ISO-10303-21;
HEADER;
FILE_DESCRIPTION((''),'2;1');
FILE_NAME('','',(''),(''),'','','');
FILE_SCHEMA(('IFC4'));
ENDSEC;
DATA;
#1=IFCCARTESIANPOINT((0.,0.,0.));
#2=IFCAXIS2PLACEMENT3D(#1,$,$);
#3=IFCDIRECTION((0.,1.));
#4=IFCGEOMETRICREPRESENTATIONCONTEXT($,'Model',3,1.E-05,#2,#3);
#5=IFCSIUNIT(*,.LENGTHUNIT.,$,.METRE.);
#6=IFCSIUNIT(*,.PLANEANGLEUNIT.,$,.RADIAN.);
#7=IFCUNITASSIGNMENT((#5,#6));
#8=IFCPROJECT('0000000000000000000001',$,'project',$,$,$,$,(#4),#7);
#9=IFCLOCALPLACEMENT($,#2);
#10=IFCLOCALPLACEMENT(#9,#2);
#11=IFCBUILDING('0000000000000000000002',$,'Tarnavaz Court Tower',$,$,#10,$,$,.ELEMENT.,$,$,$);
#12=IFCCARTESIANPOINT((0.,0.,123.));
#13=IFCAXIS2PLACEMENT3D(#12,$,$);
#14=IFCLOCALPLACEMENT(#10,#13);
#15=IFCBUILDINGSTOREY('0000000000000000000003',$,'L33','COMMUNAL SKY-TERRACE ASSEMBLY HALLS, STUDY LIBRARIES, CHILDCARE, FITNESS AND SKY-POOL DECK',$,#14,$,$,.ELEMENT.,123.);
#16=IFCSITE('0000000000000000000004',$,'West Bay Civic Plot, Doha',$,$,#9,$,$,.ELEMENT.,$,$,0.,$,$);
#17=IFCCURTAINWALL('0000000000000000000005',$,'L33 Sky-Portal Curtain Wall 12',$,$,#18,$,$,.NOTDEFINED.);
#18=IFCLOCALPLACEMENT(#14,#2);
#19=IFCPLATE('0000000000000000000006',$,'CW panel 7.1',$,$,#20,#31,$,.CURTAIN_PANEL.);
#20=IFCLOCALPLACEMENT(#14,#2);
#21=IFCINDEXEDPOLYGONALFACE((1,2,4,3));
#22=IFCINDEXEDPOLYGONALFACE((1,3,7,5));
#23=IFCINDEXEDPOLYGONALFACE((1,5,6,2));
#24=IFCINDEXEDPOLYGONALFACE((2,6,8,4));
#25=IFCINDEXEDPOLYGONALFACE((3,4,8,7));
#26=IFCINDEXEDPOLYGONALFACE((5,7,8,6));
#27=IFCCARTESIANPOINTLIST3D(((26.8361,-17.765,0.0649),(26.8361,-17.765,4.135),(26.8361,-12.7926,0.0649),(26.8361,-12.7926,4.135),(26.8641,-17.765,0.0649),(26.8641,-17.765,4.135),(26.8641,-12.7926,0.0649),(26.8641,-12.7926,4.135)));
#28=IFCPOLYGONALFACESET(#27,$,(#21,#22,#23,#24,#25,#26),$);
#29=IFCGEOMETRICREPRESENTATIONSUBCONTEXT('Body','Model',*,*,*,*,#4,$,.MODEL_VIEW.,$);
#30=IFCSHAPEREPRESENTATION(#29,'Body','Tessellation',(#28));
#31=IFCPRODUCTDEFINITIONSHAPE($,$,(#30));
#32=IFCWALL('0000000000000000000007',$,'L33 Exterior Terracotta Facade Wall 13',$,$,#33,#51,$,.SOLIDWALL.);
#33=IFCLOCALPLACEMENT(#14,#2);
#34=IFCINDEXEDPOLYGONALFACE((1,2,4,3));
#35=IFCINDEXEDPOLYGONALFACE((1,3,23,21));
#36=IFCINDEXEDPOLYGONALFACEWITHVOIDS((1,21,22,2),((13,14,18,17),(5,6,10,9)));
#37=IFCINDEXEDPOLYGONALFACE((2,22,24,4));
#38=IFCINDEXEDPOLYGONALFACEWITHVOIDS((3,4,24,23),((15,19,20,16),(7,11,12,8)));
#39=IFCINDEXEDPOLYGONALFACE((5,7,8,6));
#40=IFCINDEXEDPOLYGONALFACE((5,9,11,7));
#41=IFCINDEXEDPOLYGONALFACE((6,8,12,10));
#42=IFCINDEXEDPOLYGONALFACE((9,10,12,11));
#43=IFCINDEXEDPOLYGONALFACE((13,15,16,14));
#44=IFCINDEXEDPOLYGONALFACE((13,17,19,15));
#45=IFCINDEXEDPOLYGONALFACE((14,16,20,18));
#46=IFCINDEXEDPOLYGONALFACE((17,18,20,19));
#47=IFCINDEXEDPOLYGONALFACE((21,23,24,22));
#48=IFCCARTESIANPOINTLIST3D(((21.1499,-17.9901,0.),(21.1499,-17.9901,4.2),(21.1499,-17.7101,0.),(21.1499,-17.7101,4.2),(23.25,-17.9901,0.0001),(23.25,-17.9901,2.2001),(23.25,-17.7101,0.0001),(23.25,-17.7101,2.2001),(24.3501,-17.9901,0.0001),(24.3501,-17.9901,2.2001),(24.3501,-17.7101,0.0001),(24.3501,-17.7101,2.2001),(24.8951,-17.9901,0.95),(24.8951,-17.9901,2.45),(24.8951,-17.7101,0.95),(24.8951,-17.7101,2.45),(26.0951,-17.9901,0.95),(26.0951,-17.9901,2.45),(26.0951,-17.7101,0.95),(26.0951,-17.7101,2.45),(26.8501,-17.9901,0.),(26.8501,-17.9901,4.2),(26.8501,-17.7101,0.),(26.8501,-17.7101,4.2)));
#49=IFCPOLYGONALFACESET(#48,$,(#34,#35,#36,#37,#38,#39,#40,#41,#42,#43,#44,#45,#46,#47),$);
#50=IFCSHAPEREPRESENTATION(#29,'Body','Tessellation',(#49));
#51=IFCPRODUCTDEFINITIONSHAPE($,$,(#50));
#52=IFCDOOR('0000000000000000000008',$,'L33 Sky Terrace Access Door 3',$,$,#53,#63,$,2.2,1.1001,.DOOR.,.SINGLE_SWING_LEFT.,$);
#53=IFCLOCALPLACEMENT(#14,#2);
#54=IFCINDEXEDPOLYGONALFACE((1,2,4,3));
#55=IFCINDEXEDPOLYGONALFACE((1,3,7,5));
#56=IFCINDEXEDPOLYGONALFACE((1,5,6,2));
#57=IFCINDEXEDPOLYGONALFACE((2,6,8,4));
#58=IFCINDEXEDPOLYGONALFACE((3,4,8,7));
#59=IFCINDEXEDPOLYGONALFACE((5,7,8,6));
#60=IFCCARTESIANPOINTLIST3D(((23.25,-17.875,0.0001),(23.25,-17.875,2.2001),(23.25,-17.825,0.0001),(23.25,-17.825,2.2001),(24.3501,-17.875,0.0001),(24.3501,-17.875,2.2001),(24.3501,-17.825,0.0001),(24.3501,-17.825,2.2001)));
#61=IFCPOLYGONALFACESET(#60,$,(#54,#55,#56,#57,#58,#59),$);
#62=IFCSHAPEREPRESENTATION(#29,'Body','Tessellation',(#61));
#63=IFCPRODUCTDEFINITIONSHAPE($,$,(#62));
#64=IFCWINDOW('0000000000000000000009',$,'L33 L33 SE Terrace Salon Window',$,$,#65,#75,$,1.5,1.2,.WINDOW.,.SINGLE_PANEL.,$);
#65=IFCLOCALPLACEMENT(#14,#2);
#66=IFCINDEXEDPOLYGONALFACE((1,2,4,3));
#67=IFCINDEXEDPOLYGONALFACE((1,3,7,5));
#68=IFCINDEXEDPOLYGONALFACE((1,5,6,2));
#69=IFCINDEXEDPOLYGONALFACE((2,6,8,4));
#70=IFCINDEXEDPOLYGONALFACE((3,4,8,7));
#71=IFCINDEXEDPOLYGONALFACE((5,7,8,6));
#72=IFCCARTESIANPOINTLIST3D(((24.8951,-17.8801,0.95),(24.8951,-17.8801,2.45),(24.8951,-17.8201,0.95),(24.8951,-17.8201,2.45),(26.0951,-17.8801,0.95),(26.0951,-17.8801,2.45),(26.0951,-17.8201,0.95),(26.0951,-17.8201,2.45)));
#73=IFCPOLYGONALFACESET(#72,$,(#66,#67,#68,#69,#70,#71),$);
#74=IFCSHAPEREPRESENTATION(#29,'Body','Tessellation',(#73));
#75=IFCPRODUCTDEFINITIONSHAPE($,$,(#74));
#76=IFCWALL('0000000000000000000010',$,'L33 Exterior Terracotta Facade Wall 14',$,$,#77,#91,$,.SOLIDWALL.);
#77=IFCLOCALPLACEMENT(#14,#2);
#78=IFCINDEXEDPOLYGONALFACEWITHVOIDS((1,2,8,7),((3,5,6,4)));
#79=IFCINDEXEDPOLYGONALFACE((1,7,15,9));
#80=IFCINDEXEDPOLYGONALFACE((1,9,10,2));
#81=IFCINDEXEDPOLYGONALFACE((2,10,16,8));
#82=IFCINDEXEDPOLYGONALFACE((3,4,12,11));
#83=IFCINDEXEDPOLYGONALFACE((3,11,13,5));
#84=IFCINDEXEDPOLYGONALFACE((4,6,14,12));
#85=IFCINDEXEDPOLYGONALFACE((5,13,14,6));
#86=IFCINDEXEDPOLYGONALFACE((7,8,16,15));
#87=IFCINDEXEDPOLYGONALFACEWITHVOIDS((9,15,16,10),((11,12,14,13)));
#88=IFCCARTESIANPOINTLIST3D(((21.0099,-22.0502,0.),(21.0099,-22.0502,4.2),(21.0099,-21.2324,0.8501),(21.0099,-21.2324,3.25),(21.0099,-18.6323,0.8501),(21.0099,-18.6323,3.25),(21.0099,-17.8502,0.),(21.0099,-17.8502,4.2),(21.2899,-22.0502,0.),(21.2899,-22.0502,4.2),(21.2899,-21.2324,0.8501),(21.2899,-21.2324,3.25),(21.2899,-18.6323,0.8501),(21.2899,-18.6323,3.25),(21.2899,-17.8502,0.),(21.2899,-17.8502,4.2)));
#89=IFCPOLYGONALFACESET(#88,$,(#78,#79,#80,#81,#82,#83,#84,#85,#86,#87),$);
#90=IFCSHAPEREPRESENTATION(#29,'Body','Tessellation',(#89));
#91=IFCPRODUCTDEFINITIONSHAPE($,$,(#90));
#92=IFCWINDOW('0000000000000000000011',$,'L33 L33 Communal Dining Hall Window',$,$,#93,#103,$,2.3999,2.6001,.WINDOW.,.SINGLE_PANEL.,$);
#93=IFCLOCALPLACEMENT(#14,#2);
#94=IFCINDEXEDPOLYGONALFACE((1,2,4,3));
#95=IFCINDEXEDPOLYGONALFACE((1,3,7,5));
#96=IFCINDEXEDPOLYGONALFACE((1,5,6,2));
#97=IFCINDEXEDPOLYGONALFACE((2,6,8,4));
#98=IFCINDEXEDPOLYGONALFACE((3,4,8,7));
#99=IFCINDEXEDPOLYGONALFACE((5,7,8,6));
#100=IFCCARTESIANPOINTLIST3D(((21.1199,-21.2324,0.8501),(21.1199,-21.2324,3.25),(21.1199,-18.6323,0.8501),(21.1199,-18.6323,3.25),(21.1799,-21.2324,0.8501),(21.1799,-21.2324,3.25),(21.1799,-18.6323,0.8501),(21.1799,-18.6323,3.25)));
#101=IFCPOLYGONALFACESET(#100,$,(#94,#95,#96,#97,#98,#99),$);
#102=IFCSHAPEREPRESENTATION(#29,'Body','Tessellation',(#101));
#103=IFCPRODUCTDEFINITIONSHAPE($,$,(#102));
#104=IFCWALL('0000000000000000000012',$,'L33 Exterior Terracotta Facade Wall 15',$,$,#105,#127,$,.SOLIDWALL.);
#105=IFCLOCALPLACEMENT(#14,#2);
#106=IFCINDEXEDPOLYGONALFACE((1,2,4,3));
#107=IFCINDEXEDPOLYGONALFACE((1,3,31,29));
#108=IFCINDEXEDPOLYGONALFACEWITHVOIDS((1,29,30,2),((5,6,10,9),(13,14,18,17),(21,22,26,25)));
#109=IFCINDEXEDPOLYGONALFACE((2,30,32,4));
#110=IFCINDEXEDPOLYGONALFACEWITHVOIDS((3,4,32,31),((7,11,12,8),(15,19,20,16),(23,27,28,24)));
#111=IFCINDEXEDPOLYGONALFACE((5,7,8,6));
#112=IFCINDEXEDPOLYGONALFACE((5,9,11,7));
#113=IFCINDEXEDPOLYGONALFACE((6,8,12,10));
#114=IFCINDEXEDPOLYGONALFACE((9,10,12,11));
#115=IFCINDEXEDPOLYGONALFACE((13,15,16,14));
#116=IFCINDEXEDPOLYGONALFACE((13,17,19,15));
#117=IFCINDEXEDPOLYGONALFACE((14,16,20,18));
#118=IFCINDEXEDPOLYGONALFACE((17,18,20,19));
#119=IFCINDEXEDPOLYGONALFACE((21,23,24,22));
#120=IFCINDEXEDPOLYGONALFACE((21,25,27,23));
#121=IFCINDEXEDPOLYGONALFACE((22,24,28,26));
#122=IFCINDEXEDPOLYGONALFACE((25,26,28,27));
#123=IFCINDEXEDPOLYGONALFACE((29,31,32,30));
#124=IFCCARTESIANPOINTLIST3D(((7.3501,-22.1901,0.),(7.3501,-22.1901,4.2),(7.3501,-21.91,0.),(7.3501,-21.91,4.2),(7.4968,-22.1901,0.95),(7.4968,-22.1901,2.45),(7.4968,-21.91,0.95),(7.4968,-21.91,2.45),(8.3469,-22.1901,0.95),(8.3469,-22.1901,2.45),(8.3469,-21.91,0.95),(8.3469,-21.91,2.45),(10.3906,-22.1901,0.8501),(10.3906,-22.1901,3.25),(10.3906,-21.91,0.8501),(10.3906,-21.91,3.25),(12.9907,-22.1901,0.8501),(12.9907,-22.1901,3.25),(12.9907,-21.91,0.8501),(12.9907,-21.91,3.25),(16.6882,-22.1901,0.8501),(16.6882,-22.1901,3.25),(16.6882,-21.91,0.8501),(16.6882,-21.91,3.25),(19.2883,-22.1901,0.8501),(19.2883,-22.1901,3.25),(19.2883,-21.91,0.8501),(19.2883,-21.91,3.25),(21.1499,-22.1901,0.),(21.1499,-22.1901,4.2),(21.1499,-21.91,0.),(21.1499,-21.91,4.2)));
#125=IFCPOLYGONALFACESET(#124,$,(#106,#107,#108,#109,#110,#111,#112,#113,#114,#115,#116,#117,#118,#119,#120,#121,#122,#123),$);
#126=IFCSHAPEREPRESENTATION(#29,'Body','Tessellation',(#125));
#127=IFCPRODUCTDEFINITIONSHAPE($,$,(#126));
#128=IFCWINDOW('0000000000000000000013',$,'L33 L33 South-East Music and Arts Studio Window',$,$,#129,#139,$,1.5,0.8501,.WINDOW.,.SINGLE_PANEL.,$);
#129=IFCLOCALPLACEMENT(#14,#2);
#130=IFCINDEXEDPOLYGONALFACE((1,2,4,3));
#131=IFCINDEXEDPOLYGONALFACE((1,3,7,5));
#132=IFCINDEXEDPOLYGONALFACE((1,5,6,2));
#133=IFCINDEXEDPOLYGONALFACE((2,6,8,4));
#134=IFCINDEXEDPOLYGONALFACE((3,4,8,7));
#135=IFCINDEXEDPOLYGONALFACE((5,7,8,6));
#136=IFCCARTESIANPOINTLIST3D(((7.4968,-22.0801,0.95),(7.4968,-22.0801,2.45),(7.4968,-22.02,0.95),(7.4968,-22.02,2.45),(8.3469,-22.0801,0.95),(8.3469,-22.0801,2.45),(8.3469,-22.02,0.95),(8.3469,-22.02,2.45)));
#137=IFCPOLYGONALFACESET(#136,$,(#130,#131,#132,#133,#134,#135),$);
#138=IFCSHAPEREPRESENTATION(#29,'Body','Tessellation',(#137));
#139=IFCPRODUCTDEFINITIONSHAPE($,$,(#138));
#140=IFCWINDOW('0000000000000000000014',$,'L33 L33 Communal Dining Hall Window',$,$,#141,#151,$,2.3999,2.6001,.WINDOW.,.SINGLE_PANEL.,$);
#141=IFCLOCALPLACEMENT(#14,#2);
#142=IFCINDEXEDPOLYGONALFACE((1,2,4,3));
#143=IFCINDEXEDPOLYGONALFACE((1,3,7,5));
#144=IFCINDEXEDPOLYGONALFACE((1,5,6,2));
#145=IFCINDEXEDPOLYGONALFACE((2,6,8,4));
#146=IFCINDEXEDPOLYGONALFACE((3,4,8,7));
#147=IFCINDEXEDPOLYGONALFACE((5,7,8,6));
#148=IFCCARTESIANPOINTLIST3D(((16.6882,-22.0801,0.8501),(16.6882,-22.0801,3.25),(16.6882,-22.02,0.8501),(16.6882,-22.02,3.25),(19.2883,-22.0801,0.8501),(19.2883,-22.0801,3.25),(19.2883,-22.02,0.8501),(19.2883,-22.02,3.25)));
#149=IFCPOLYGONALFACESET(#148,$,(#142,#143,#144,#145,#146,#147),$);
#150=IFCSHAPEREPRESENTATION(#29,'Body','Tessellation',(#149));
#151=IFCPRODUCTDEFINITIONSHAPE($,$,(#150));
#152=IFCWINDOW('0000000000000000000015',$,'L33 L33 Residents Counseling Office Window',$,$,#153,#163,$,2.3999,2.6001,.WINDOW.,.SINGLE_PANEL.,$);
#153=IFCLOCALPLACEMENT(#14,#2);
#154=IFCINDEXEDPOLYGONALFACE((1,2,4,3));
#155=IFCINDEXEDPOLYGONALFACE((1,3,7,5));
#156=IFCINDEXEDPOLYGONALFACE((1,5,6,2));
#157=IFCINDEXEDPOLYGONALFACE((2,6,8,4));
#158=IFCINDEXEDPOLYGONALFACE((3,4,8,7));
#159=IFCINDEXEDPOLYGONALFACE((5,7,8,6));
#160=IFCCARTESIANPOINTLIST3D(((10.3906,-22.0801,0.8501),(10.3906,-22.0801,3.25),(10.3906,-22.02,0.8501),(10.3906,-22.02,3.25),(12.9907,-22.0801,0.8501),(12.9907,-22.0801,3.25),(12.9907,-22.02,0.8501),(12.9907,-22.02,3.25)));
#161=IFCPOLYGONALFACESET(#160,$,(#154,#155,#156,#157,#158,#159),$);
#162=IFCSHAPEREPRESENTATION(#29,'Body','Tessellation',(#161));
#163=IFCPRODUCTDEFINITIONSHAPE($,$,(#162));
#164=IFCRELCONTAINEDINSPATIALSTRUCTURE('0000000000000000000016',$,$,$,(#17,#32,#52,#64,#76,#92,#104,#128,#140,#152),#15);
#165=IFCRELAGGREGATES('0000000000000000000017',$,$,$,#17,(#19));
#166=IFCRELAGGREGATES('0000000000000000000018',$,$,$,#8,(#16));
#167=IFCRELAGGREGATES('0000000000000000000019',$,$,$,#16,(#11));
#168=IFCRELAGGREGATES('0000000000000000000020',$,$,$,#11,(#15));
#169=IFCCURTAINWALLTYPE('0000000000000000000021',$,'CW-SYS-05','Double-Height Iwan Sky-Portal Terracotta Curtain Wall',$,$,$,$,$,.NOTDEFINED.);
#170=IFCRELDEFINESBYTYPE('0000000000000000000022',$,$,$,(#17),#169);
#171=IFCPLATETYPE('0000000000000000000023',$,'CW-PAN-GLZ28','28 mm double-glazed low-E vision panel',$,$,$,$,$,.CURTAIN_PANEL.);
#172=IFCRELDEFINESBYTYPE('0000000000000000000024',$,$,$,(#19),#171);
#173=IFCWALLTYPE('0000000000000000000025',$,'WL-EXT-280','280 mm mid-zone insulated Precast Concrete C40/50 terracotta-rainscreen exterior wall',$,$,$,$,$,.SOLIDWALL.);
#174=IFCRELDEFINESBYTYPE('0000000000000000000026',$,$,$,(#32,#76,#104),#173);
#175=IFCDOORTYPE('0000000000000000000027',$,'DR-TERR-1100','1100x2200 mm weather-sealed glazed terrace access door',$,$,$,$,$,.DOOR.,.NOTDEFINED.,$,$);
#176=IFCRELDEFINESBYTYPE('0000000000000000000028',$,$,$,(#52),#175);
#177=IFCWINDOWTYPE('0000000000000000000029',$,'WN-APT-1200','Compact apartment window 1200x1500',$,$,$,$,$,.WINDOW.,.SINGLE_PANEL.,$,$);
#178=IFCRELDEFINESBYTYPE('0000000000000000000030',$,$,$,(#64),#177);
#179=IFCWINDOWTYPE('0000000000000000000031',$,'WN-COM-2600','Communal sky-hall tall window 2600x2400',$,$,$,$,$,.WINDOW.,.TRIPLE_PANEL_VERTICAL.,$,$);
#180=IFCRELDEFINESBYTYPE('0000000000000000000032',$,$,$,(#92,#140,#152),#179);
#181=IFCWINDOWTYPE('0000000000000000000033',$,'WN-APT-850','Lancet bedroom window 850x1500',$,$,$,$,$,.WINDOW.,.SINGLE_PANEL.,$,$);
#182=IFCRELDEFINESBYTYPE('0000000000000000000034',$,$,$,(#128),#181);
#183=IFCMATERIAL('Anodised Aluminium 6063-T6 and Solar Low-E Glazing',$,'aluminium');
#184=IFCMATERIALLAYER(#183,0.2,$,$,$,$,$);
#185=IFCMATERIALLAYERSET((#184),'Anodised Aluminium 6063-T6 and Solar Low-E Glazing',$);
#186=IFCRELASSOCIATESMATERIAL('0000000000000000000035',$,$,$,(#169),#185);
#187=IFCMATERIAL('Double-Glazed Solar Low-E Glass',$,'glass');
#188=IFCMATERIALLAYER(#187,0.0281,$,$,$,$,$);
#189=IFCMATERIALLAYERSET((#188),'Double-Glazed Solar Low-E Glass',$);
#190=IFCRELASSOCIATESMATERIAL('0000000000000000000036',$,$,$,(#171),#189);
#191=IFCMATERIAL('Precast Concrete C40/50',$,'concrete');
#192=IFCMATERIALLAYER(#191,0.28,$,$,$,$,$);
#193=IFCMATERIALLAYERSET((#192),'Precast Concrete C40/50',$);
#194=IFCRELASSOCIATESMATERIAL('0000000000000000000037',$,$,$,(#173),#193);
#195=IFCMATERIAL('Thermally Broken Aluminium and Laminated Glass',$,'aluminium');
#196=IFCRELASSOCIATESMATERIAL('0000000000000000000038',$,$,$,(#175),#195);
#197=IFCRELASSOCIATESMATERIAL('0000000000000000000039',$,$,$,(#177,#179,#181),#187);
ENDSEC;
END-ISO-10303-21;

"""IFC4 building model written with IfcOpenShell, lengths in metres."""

from ifc_helpers import new_model, si_unit, direction, frame, frame_2d, origin, origin_2d, place, context, subcontext, project, spatial, rectangle, extrude, material, layer, layer_set, type_object, element, fill, aggregate, save


model = new_model("IFC4")

# Units and contexts
model_context = context("Model", 3, precision=1e-05, world=origin(), true_north=direction((0.0, 1.0)))
body_context = subcontext(model_context, "Body", "Model", "MODEL_VIEW")
ifc_project = project(units=[si_unit("LENGTHUNIT", "METRE"), si_unit("PLANEANGLEUNIT", "RADIAN")], contexts=[model_context])

# Site, building, storey
site_placement = place(None, origin())
site = spatial("IfcSite", under=ifc_project, at=site_placement, Name="West Bay Civic Plot, Doha", CompositionType="ELEMENT", RefElevation=0.0)
building_placement = place(site_placement, origin())
building = spatial("IfcBuilding", under=site, at=building_placement, Name="Tarnavaz Court Tower", CompositionType="ELEMENT")
storey_placement = place(building_placement, frame((0.0, 0.0, 123.0)))
storey = spatial("IfcBuildingStorey", under=building, at=storey_placement, Name="L33", Description="COMMUNAL SKY-TERRACE ASSEMBLY HALLS, STUDY LIBRARIES, CHILDCARE, FITNESS AND SKY-POOL DECK", CompositionType="ELEMENT", Elevation=123.0)

# Curtain wall, plate
ifc_material_1 = material(Name="Anodised Aluminium 6063-T6 and Solar Low-E Glazing", Category="aluminium")
ifc_layer_1 = layer(ifc_material_1, 0.2)
ifc_layer_set_1 = layer_set([ifc_layer_1], Name="Anodised Aluminium 6063-T6 and Solar Low-E Glazing")
curtain_wall_type = type_object("IfcCurtainWallType", Name="CW-SYS-05", Description="Double-Height Iwan Sky-Portal Terracotta Curtain Wall", PredefinedType="NOTDEFINED", material=ifc_layer_set_1)
curtain_wall_placement = place(storey_placement, origin())
curtain_wall = element("IfcCurtainWall", 1, at=curtain_wall_placement, inside=storey, type_object=curtain_wall_type, Name="L33 Sky-Portal Curtain Wall 12", PredefinedType="NOTDEFINED")
ifc_material_2 = material(Name="Double-Glazed Solar Low-E Glass", Category="glass")
ifc_layer_2 = layer(ifc_material_2, 0.0281)
ifc_layer_set_2 = layer_set([ifc_layer_2], Name="Double-Glazed Solar Low-E Glass")
plate_type = type_object("IfcPlateType", Name="CW-PAN-GLZ28", Description="28 mm double-glazed low-E vision panel", PredefinedType="CURTAIN_PANEL", material=ifc_layer_set_2)
plate_placement = place(storey_placement, frame((26.8501, -15.2788, 0.0649), z_axis=(0.0, 0.0, 1.0), x_axis=(0.0, -1.0, 0.0)))
plate = element("IfcPlate", 2, at=plate_placement, type_object=plate_type, Name="CW panel 7.1", PredefinedType="CURTAIN_PANEL", context=body_context, shape_type="SweptSolid", body=[
    extrude(rectangle(XDim=4.9724, YDim=0.0281, at=origin_2d()), origin(), (0.0, 0.0, 1.0), 4.0701),
])
aggregate(curtain_wall, [plate])

# Wall, openings, door, window
ifc_material_3 = material(Name="Precast Concrete C40/50", Category="concrete")
ifc_layer_3 = layer(ifc_material_3, 0.28)
ifc_layer_set_3 = layer_set([ifc_layer_3], Name="Precast Concrete C40/50")
wall_type_1 = type_object("IfcWallType", Name="WL-EXT-280", Description="280 mm mid-zone insulated Precast Concrete C40/50 terracotta-rainscreen exterior wall", PredefinedType="SOLIDWALL", material=ifc_layer_set_3)
wall_1_placement = place(storey_placement, frame((26.8501, -17.8501, 0.0), z_axis=(0.0, 0.0, 1.0), x_axis=(-1.0, 0.0, 0.0)))
wall_1 = element("IfcWall", 3, at=wall_1_placement, inside=storey, type_object=wall_type_1, Name="L33 Exterior Terracotta Facade Wall 13", PredefinedType="SOLIDWALL", context=body_context, shape_type="SweptSolid", body=[
    extrude(rectangle(XDim=5.7002, YDim=0.28, at=frame_2d((2.8501, 0.0))), origin(), (0.0, 0.0, 1.0), 4.2),
])
opening_1_placement = place(wall_1_placement, frame((2.5, 0.0, 0.0)))
opening_1 = element("IfcOpeningElement", 4, at=opening_1_placement, cuts=wall_1, PredefinedType="OPENING", context=body_context, shape_type="SweptSolid", body=[
    extrude(rectangle(XDim=1.1001, YDim=2.2, at=frame_2d((0.55, 1.1001))), frame((0.0, 0.1499, 0.0), z_axis=(0.0, -1.0, 0.0), x_axis=(1.0, 0.0, 0.0)), (0.0, 0.0, 1.0), 0.3),
])
opening_2_placement = place(wall_1_placement, frame((0.7549, 0.0, 0.95)))
opening_2 = element("IfcOpeningElement", 5, at=opening_2_placement, cuts=wall_1, PredefinedType="OPENING", context=body_context, shape_type="SweptSolid", body=[
    extrude(rectangle(XDim=1.2, YDim=1.5, at=frame_2d((0.6001, 0.75))), frame((0.0, 0.1499, 0.0), z_axis=(0.0, -1.0, 0.0), x_axis=(1.0, 0.0, 0.0)), (0.0, 0.0, 1.0), 0.3),
])
ifc_material_4 = material(Name="Thermally Broken Aluminium and Laminated Glass", Category="aluminium")
door_type = type_object("IfcDoorType", Name="DR-TERR-1100", Description="1100x2200 mm weather-sealed glazed terrace access door", OperationType="NOTDEFINED", PredefinedType="DOOR", material=ifc_material_4)
door_placement = place(opening_1_placement, origin())
door = element("IfcDoor", 6, at=door_placement, inside=storey, type_object=door_type, Name="L33 Sky Terrace Access Door 3", OperationType="SINGLE_SWING_LEFT", OverallHeight=2.2, OverallWidth=1.1001, PredefinedType="DOOR", context=body_context, shape_type="SweptSolid", body=[
    extrude(rectangle(XDim=1.1001, YDim=2.2, at=frame_2d((0.55, 1.1001))), frame((0.0, 0.0249, 0.0), z_axis=(0.0, -1.0, 0.0), x_axis=(1.0, 0.0, 0.0)), (0.0, 0.0, 1.0), 0.05),
])
fill(opening_1, door)
window_type_1 = type_object("IfcWindowType", Name="WN-APT-1200", Description="Compact apartment window 1200x1500", PartitioningType="SINGLE_PANEL", PredefinedType="WINDOW", material=ifc_material_2)
window_1_placement = place(opening_2_placement, origin())
window_1 = element("IfcWindow", 7, at=window_1_placement, inside=storey, type_object=window_type_1, Name="L33 L33 SE Terrace Salon Window", OverallHeight=1.5, OverallWidth=1.2, PartitioningType="SINGLE_PANEL", PredefinedType="WINDOW", context=body_context, shape_type="SweptSolid", body=[
    extrude(rectangle(XDim=1.2, YDim=1.5, at=frame_2d((0.6001, 0.75))), frame((0.0, 0.03, 0.0), z_axis=(0.0, -1.0, 0.0), x_axis=(1.0, 0.0, 0.0)), (0.0, 0.0, 1.0), 0.0601),
])
fill(opening_2, window_1)

# Wall, opening, window
wall_2_placement = place(storey_placement, frame((21.1499, -17.8501, 0.0), z_axis=(0.0, 0.0, 1.0), x_axis=(0.0, -1.0, 0.0)))
wall_2 = element("IfcWall", 8, at=wall_2_placement, inside=storey, type_object=wall_type_1, Name="L33 Exterior Terracotta Facade Wall 14", PredefinedType="SOLIDWALL", context=body_context, shape_type="SweptSolid", body=[
    extrude(rectangle(XDim=4.2, YDim=0.28, at=frame_2d((2.1001, 0.0))), origin(), (0.0, 0.0, 1.0), 4.2),
])
opening_3_placement = place(wall_2_placement, frame((0.7822, 0.0, 0.8501)))
opening_3 = element("IfcOpeningElement", 9, at=opening_3_placement, cuts=wall_2, PredefinedType="OPENING", context=body_context, shape_type="SweptSolid", body=[
    extrude(rectangle(XDim=2.6001, YDim=2.3999, at=frame_2d((1.3, 1.2))), frame((0.0, 0.1499, 0.0), z_axis=(0.0, -1.0, 0.0), x_axis=(1.0, 0.0, 0.0)), (0.0, 0.0, 1.0), 0.3),
])
window_type_2 = type_object("IfcWindowType", Name="WN-COM-2600", Description="Communal sky-hall tall window 2600x2400", PartitioningType="TRIPLE_PANEL_VERTICAL", PredefinedType="WINDOW", material=ifc_material_2)
window_2_placement = place(opening_3_placement, origin())
window_2 = element("IfcWindow", 10, at=window_2_placement, inside=storey, type_object=window_type_2, Name="L33 L33 Communal Dining Hall Window", OverallHeight=2.3999, OverallWidth=2.6001, PartitioningType="SINGLE_PANEL", PredefinedType="WINDOW", context=body_context, shape_type="SweptSolid", body=[
    extrude(rectangle(XDim=2.6001, YDim=2.3999, at=frame_2d((1.3, 1.2))), frame((0.0, 0.03, 0.0), z_axis=(0.0, -1.0, 0.0), x_axis=(1.0, 0.0, 0.0)), (0.0, 0.0, 1.0), 0.0601),
])
fill(opening_3, window_2)

# Wall, openings, windows
wall_3_placement = place(storey_placement, frame((21.1499, -22.05, 0.0), z_axis=(0.0, 0.0, 1.0), x_axis=(-1.0, 0.0, 0.0)))
wall_3 = element("IfcWall", 11, at=wall_3_placement, inside=storey, type_object=wall_type_1, Name="L33 Exterior Terracotta Facade Wall 15", PredefinedType="SOLIDWALL", context=body_context, shape_type="SweptSolid", body=[
    extrude(rectangle(XDim=13.7998, YDim=0.28, at=frame_2d((6.8999, 0.0))), origin(), (0.0, 0.0, 1.0), 4.2),
])
opening_4_placement = place(wall_3_placement, frame((1.8616, 0.0, 0.8501)))
opening_4 = element("IfcOpeningElement", 12, at=opening_4_placement, cuts=wall_3, PredefinedType="OPENING", context=body_context, shape_type="SweptSolid", body=[
    extrude(rectangle(XDim=2.6001, YDim=2.3999, at=frame_2d((1.3, 1.2))), frame((0.0, 0.1499, 0.0), z_axis=(0.0, -1.0, 0.0), x_axis=(1.0, 0.0, 0.0)), (0.0, 0.0, 1.0), 0.3),
])
opening_5_placement = place(wall_3_placement, frame((8.1592, 0.0, 0.8501)))
opening_5 = element("IfcOpeningElement", 13, at=opening_5_placement, cuts=wall_3, PredefinedType="OPENING", context=body_context, shape_type="SweptSolid", body=[
    extrude(rectangle(XDim=2.6001, YDim=2.3999, at=frame_2d((1.3, 1.2))), frame((0.0, 0.1499, 0.0), z_axis=(0.0, -1.0, 0.0), x_axis=(1.0, 0.0, 0.0)), (0.0, 0.0, 1.0), 0.3),
])
opening_6_placement = place(wall_3_placement, frame((12.803, 0.0, 0.95)))
opening_6 = element("IfcOpeningElement", 14, at=opening_6_placement, cuts=wall_3, PredefinedType="OPENING", context=body_context, shape_type="SweptSolid", body=[
    extrude(rectangle(XDim=0.8501, YDim=1.5, at=frame_2d((0.425, 0.75))), frame((0.0, 0.1499, 0.0), z_axis=(0.0, -1.0, 0.0), x_axis=(1.0, 0.0, 0.0)), (0.0, 0.0, 1.0), 0.3),
])
window_type_3 = type_object("IfcWindowType", Name="WN-APT-850", Description="Lancet bedroom window 850x1500", PartitioningType="SINGLE_PANEL", PredefinedType="WINDOW", material=ifc_material_2)
window_3_placement = place(opening_6_placement, origin())
window_3 = element("IfcWindow", 15, at=window_3_placement, inside=storey, type_object=window_type_3, Name="L33 L33 South-East Music and Arts Studio Window", OverallHeight=1.5, OverallWidth=0.8501, PartitioningType="SINGLE_PANEL", PredefinedType="WINDOW", context=body_context, shape_type="SweptSolid", body=[
    extrude(rectangle(XDim=0.8501, YDim=1.5, at=frame_2d((0.425, 0.75))), frame((0.0, 0.03, 0.0), z_axis=(0.0, -1.0, 0.0), x_axis=(1.0, 0.0, 0.0)), (0.0, 0.0, 1.0), 0.0601),
])
fill(opening_6, window_3)
window_4_placement = place(opening_4_placement, origin())
window_4 = element("IfcWindow", 16, at=window_4_placement, inside=storey, type_object=window_type_2, Name="L33 L33 Communal Dining Hall Window", OverallHeight=2.3999, OverallWidth=2.6001, PartitioningType="SINGLE_PANEL", PredefinedType="WINDOW", context=body_context, shape_type="SweptSolid", body=[
    extrude(rectangle(XDim=2.6001, YDim=2.3999, at=frame_2d((1.3, 1.2))), frame((0.0, 0.03, 0.0), z_axis=(0.0, -1.0, 0.0), x_axis=(1.0, 0.0, 0.0)), (0.0, 0.0, 1.0), 0.0601),
])
fill(opening_4, window_4)
window_5_placement = place(opening_5_placement, origin())
window_5 = element("IfcWindow", 17, at=window_5_placement, inside=storey, type_object=window_type_2, Name="L33 L33 Residents Counseling Office Window", OverallHeight=2.3999, OverallWidth=2.6001, PartitioningType="SINGLE_PANEL", PredefinedType="WINDOW", context=body_context, shape_type="SweptSolid", body=[
    extrude(rectangle(XDim=2.6001, YDim=2.3999, at=frame_2d((1.3, 1.2))), frame((0.0, 0.03, 0.0), z_axis=(0.0, -1.0, 0.0), x_axis=(1.0, 0.0, 0.0)), (0.0, 0.0, 1.0), 0.0601),
])
fill(opening_5, window_5)

save(model, "model.ifc")
